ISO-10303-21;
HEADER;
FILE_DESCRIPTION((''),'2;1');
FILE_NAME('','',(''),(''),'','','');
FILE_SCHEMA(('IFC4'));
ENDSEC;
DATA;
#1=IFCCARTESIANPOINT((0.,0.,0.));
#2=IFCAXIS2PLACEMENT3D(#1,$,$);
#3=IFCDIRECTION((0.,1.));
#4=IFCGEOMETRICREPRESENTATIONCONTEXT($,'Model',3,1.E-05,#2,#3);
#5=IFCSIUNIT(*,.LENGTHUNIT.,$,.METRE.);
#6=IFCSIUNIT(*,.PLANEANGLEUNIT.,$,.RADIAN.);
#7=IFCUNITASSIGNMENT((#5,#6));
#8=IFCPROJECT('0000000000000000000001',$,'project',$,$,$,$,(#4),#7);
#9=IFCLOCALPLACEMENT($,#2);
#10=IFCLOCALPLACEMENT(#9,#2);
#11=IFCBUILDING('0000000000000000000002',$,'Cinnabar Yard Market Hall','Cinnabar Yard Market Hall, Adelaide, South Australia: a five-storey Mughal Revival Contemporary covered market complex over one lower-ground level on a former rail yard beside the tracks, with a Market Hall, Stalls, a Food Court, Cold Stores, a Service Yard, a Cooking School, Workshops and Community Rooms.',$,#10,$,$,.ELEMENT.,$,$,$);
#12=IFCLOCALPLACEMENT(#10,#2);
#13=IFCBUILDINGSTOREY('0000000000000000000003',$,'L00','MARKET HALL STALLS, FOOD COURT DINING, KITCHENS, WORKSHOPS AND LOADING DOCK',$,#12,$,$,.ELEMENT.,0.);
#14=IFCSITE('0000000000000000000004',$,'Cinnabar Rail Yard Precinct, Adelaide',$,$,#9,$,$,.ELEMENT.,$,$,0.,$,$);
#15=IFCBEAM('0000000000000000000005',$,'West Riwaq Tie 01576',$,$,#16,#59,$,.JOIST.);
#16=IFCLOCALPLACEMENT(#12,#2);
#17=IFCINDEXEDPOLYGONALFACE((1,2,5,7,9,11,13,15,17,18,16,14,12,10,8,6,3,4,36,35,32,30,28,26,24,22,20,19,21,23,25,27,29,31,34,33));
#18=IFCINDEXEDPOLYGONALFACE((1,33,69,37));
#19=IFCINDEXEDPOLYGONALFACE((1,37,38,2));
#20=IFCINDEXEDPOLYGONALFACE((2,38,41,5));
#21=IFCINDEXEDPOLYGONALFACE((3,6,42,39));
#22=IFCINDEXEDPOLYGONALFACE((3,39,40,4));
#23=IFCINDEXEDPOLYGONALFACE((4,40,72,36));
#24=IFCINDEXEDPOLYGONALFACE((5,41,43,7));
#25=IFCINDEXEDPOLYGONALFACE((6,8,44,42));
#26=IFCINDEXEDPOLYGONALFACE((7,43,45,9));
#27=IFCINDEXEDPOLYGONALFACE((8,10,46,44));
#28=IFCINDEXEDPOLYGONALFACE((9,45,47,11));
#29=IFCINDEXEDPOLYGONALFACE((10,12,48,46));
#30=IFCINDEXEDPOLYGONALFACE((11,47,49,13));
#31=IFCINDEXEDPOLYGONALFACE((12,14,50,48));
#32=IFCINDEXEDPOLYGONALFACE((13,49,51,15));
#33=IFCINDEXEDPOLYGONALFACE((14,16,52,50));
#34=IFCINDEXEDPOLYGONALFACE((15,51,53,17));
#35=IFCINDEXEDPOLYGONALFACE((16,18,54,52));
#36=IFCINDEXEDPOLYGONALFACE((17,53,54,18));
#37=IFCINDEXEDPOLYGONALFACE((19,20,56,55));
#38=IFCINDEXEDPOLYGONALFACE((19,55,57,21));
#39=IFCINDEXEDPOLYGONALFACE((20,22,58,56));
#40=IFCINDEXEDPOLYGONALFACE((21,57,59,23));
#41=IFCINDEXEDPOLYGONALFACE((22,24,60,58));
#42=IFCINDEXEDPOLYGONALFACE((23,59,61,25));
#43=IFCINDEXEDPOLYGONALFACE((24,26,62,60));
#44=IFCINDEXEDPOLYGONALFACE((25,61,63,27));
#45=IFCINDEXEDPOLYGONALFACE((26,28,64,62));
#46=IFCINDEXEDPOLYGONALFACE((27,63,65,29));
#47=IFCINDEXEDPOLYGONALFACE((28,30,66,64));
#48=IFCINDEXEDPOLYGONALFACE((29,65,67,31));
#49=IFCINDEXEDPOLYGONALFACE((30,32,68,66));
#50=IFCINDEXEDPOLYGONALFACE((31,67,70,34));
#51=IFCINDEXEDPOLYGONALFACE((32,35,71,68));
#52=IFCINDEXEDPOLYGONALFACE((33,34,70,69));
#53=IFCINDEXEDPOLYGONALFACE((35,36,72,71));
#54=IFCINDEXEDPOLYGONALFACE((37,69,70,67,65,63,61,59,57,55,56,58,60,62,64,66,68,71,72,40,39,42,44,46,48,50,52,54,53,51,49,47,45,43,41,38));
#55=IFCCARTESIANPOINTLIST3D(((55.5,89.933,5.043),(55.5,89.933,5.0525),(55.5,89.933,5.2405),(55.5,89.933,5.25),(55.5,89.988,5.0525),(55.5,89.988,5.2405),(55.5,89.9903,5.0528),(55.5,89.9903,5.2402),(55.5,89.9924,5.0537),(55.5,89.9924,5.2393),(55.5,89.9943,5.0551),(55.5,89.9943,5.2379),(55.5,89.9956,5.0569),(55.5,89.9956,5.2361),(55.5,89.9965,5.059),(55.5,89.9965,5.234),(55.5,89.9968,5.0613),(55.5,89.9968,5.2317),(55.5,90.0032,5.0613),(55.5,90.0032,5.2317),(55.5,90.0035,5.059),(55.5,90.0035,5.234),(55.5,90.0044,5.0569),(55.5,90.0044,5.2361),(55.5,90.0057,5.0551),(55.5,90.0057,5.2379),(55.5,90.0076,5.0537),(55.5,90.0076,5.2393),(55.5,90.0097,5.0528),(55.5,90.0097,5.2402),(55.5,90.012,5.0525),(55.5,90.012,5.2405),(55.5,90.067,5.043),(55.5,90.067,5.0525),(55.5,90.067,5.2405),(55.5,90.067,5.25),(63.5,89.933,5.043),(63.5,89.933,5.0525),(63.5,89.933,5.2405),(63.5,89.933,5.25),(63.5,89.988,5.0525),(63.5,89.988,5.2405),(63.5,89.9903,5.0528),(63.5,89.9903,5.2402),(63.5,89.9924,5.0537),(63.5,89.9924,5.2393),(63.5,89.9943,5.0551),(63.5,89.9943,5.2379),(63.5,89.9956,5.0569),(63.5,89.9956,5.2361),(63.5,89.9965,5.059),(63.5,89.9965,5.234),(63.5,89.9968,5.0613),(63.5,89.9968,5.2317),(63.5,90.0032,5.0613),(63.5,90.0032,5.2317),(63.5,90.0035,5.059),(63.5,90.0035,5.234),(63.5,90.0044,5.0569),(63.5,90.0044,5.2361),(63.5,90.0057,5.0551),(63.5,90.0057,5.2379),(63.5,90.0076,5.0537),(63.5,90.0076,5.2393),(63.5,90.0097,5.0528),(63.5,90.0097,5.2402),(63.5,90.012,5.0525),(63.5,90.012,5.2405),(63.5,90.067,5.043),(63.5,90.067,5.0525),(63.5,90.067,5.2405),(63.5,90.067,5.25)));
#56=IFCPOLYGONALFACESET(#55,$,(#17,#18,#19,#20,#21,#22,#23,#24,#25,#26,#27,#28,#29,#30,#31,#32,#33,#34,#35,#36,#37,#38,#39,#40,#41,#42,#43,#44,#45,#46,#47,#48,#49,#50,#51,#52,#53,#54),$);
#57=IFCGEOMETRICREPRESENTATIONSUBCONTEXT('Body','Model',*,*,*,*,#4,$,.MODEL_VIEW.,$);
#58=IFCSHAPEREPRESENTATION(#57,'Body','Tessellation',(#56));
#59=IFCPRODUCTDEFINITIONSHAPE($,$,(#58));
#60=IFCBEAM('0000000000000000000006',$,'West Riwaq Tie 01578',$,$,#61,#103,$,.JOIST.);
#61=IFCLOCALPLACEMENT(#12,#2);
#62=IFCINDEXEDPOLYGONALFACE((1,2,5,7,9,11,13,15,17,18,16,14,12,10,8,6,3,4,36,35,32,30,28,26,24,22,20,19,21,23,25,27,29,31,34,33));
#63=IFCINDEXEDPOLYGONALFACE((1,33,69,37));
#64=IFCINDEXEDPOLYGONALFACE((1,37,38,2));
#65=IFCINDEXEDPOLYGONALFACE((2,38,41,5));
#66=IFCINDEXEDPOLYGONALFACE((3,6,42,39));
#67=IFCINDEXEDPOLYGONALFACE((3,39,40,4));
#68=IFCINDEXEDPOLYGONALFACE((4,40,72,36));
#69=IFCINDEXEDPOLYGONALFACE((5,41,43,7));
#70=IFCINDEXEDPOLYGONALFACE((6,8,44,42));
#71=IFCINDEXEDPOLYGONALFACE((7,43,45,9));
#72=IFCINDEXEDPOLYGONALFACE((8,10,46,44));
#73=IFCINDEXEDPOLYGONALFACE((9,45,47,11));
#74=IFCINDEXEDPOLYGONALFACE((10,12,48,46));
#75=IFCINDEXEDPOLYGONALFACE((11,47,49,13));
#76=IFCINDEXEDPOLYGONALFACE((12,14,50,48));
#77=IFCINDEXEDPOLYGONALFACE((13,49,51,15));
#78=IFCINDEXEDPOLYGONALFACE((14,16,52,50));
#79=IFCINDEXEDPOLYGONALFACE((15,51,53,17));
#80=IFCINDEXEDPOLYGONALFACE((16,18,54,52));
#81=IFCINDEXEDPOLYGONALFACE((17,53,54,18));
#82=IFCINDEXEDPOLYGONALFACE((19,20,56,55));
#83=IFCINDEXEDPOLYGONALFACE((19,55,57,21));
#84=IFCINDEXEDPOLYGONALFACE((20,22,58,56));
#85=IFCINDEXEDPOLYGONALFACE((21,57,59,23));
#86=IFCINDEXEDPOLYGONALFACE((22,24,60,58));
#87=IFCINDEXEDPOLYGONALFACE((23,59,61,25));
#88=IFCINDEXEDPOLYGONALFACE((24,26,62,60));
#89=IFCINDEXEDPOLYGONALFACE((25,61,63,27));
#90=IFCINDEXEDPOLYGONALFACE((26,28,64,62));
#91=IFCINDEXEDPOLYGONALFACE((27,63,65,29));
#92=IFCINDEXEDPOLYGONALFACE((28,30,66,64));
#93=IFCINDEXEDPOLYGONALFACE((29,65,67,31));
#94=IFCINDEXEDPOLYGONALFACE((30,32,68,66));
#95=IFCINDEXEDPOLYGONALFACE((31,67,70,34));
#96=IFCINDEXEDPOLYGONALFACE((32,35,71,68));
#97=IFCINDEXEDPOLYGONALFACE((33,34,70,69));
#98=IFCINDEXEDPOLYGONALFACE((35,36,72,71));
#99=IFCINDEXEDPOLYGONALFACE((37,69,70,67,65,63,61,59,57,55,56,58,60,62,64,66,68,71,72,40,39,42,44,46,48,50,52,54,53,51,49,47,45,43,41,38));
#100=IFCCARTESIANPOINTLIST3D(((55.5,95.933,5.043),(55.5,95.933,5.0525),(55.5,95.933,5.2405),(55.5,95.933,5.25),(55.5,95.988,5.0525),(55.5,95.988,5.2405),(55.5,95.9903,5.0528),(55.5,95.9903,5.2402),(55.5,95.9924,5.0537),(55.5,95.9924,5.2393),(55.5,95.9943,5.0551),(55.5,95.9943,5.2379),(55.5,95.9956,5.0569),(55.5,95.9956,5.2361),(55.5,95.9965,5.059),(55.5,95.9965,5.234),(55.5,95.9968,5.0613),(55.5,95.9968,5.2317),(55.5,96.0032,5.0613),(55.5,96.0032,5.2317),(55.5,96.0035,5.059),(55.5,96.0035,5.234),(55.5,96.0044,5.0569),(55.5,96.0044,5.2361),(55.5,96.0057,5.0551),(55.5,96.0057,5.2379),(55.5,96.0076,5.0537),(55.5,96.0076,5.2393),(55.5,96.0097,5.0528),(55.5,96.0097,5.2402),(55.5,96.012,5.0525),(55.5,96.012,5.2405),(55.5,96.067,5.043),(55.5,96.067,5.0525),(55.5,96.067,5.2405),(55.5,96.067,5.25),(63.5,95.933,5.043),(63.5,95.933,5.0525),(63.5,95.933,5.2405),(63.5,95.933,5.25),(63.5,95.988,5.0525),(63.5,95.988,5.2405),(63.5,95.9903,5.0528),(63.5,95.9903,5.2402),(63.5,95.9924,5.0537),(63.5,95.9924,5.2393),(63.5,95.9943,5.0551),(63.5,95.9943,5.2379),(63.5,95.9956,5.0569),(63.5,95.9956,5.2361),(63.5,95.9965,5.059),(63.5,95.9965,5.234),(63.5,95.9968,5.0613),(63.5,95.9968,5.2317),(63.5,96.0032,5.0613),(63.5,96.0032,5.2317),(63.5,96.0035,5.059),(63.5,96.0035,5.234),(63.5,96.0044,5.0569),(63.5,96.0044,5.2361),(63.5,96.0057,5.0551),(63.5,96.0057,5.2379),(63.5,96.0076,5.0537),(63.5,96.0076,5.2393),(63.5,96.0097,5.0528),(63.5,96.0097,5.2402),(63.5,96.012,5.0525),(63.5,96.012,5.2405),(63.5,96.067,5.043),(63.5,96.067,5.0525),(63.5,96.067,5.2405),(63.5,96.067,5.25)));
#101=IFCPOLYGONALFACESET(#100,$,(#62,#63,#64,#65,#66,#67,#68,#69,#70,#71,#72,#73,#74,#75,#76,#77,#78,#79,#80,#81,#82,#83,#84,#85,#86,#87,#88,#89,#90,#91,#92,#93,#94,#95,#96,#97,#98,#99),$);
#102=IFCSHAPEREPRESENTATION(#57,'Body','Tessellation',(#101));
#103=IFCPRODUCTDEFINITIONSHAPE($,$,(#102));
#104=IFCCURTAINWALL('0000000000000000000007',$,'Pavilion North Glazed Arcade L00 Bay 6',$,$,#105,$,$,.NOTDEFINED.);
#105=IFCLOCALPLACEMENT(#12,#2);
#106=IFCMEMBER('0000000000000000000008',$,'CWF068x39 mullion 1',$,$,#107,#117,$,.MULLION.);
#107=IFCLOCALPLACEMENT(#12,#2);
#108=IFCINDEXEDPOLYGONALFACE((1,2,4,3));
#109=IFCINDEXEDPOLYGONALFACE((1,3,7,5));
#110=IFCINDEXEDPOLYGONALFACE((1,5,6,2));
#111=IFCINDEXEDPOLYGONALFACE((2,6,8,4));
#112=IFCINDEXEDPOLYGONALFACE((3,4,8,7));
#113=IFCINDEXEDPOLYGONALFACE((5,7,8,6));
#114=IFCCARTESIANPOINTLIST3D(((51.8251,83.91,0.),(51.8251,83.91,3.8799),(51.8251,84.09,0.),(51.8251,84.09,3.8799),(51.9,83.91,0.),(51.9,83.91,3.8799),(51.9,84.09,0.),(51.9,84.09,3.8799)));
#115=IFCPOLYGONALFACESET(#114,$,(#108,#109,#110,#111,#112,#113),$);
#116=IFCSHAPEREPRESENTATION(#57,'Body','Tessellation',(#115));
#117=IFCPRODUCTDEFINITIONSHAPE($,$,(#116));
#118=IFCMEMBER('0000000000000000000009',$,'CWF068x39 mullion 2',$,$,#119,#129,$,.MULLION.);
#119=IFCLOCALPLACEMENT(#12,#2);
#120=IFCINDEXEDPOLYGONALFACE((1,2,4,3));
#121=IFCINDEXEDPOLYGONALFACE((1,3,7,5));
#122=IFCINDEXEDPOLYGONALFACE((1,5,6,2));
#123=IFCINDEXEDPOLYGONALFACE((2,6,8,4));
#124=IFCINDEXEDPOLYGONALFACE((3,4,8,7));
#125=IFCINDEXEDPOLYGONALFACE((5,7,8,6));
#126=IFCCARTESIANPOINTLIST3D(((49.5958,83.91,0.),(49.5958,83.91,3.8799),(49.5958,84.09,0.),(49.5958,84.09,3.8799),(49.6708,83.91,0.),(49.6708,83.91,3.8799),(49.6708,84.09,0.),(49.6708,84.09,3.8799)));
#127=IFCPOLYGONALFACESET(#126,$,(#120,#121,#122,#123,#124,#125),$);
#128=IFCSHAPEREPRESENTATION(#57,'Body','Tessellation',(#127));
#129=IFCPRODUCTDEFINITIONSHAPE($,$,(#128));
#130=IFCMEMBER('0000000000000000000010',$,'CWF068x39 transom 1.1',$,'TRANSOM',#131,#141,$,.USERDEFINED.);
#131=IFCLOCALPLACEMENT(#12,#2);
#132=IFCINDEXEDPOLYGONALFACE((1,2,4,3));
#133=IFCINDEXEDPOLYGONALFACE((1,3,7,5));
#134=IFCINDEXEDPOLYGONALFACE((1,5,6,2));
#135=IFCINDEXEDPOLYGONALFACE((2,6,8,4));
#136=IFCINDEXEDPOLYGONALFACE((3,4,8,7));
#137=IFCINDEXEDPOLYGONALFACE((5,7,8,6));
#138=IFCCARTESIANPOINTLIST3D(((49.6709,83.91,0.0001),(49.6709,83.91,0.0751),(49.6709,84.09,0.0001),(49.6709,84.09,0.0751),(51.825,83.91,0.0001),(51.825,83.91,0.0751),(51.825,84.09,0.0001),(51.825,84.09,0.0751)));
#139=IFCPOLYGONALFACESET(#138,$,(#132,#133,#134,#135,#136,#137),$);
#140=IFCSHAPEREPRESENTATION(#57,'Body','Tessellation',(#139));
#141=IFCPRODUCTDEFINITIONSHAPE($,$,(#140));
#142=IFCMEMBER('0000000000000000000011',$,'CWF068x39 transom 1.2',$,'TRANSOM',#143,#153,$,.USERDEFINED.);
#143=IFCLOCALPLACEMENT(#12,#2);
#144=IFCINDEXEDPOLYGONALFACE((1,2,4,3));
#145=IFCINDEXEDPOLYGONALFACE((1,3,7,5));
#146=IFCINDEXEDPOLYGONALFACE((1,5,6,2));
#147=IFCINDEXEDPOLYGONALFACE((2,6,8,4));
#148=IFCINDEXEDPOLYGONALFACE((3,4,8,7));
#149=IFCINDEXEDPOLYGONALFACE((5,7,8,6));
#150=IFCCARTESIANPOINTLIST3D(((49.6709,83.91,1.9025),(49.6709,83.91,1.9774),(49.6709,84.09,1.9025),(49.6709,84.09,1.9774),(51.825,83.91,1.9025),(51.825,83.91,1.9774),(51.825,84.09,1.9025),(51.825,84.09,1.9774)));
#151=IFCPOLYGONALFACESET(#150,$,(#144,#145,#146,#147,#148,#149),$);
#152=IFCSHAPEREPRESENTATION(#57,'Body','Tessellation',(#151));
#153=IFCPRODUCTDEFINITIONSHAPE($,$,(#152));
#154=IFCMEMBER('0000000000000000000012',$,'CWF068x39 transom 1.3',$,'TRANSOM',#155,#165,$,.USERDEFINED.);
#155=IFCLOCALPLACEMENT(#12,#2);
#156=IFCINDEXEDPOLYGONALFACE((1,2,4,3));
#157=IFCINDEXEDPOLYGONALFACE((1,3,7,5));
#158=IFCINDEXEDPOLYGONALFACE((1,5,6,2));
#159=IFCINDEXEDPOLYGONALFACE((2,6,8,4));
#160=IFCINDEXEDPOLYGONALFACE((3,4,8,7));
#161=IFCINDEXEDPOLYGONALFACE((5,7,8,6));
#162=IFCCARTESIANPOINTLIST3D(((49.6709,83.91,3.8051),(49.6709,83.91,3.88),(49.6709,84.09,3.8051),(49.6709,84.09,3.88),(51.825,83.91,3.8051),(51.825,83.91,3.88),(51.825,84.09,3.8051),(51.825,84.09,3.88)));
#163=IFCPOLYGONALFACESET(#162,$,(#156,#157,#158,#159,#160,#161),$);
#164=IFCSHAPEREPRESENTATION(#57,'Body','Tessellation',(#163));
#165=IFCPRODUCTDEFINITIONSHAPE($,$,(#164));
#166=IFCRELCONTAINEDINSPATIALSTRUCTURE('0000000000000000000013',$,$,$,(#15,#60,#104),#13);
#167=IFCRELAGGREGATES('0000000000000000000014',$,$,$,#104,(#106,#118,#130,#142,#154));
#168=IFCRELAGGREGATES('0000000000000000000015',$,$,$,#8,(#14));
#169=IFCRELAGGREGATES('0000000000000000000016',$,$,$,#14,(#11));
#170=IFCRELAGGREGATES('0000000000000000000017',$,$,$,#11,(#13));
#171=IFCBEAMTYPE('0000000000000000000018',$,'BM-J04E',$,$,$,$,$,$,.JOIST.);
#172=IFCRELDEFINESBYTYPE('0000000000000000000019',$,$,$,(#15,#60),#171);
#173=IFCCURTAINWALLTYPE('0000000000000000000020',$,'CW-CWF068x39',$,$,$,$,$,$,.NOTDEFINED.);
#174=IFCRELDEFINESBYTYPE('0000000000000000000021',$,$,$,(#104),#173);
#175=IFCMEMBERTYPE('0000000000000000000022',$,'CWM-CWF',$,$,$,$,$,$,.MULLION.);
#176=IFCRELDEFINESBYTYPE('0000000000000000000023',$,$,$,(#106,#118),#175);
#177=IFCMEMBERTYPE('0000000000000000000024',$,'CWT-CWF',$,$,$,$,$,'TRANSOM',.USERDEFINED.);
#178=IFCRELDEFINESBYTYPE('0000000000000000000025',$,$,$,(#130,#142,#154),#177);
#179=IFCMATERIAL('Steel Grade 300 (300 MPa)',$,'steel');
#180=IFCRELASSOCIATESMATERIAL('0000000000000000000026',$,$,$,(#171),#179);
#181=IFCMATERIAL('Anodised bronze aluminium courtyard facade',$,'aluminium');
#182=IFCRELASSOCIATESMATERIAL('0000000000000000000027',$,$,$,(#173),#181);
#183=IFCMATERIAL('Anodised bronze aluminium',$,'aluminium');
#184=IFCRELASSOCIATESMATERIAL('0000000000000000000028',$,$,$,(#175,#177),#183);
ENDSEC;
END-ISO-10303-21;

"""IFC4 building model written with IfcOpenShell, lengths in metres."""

from ifc_helpers import new_model, si_unit, direction, frame, origin, origin_2d_with_axis, place, context, subcontext, project, spatial, rectangle, i_section, extrude, material, material_profile, profile_set, type_object, element, aggregate, save


model = new_model("IFC4")

# Units and contexts
model_context = context("Model", 3, precision=1e-05, world=origin(), true_north=direction((0.0, 1.0)))
body_context = subcontext(model_context, "Body", "Model", "MODEL_VIEW")
ifc_project = project(units=[si_unit("LENGTHUNIT", "METRE"), si_unit("PLANEANGLEUNIT", "RADIAN")], contexts=[model_context])

# Site, building, storey
site_placement = place(None, origin())
site = spatial("IfcSite", under=ifc_project, at=site_placement, Name="Cinnabar Rail Yard Precinct, Adelaide", CompositionType="ELEMENT", RefElevation=0.0)
building_placement = place(site_placement, origin())
building = spatial("IfcBuilding", under=site, at=building_placement, Name="Cinnabar Yard Market Hall", Description="Cinnabar Yard Market Hall, Adelaide, South Australia: a five-storey Mughal Revival Contemporary covered market complex over one lower-ground level on a former rail yard beside the tracks, with a Market Hall, Stalls, a Food Court, Cold Stores, a Service Yard, a Cooking School, Workshops and Community Rooms.", CompositionType="ELEMENT")
storey_placement = place(building_placement, origin())
storey = spatial("IfcBuildingStorey", under=building, at=storey_placement, Name="L00", Description="MARKET HALL STALLS, FOOD COURT DINING, KITCHENS, WORKSHOPS AND LOADING DOCK", CompositionType="ELEMENT", Elevation=0.0)

# Shared definitions
ifc_material_1 = material(Name="Steel Grade 300 (300 MPa)", Category="steel")

# Beams
ifc_material_profile_1 = material_profile(ifc_material_1, i_section(OverallWidth=0.134, OverallDepth=0.207, WebThickness=0.0063, FlangeThickness=0.0095, FilletRadius=0.0088, at=origin_2d_with_axis()), Name="200UB29.8")
ifc_profile_set_1 = profile_set([ifc_material_profile_1], Name="Steel Grade 300 (300 MPa)")
beam_type_1 = type_object("IfcBeamType", Name="BM-J04E", PredefinedType="JOIST", material=ifc_profile_set_1)
for number, where, z_axis, x_axis, name in (
    (1, (55.5, 90.0, 5.1465), (1.0, 0.0, 0.0), (0.0, 1.0, 0.0), "West Riwaq Tie 01576"),
    (2, (55.5, 96.0, 5.1465), (1.0, 0.0, 0.0), (0.0, 1.0, 0.0), "West Riwaq Tie 01578"),
):
    element("IfcBeam", number, at=place(storey_placement, frame(where, z_axis=z_axis, x_axis=x_axis)), inside=storey, type_object=beam_type_1, Name=name, PredefinedType="JOIST", context=body_context, shape_type="SweptSolid", body=[
        extrude(i_section(OverallWidth=0.134, OverallDepth=0.207, WebThickness=0.0063, FlangeThickness=0.0095, FilletRadius=0.0088, at=origin_2d_with_axis()), origin(), (0.0, 0.0, 1.0), 8.0),
    ])

# Curtain wall, members
ifc_material_2 = material(Name="Anodised bronze aluminium courtyard facade", Category="aluminium")
curtain_wall_type = type_object("IfcCurtainWallType", Name="CW-CWF068x39", PredefinedType="NOTDEFINED", material=ifc_material_2)
curtain_wall_placement = place(storey_placement, origin())
curtain_wall = element("IfcCurtainWall", 3, at=curtain_wall_placement, inside=storey, type_object=curtain_wall_type, Name="Pavilion North Glazed Arcade L00 Bay 6", PredefinedType="NOTDEFINED")
ifc_material_3 = material(Name="Anodised bronze aluminium", Category="aluminium")
ifc_material_profile_2 = material_profile(ifc_material_3, rectangle(XDim=0.1799, YDim=0.075, at=origin_2d_with_axis()), Name="MUL-CWF")
ifc_profile_set_2 = profile_set([ifc_material_profile_2], Name="Anodised bronze aluminium")
member_type_1 = type_object("IfcMemberType", Name="CWM-CWF", PredefinedType="MULLION", material=ifc_profile_set_2)
member_1_placement = place(storey_placement, frame((51.8625, 84.0, 0.0), z_axis=(0.0, 0.0, 1.0), x_axis=(0.0, -1.0, 0.0)))
member_1 = element("IfcMember", 4, at=member_1_placement, type_object=member_type_1, Name="CWF068x39 mullion 1", PredefinedType="MULLION", context=body_context, shape_type="SweptSolid", body=[
    extrude(rectangle(XDim=0.1799, YDim=0.075, at=origin_2d_with_axis()), origin(), (0.0, 0.0, 1.0), 3.8799),
])
member_2_placement = place(storey_placement, frame((49.6333, 84.0, 0.0), z_axis=(0.0, 0.0, 1.0), x_axis=(0.0, -1.0, 0.0)))
member_2 = element("IfcMember", 5, at=member_2_placement, type_object=member_type_1, Name="CWF068x39 mullion 2", PredefinedType="MULLION", context=body_context, shape_type="SweptSolid", body=[
    extrude(rectangle(XDim=0.1799, YDim=0.075, at=origin_2d_with_axis()), origin(), (0.0, 0.0, 1.0), 3.8799),
])
ifc_material_profile_3 = material_profile(ifc_material_3, rectangle(XDim=0.1799, YDim=0.075, at=origin_2d_with_axis()), Name="TRN-CWF")
ifc_profile_set_3 = profile_set([ifc_material_profile_3], Name="Anodised bronze aluminium")
member_type_2 = type_object("IfcMemberType", Name="CWT-CWF", ElementType="TRANSOM", PredefinedType="USERDEFINED", material=ifc_profile_set_3)
member_3_placement = place(storey_placement, frame((51.825, 84.0, 0.0376), z_axis=(-1.0, 0.0, 0.0), x_axis=(0.0, -1.0, 0.0)))
member_3 = element("IfcMember", 6, at=member_3_placement, type_object=member_type_2, Name="CWF068x39 transom 1.1", ObjectType="TRANSOM", PredefinedType="USERDEFINED", context=body_context, shape_type="SweptSolid", body=[
    extrude(rectangle(XDim=0.1799, YDim=0.075, at=origin_2d_with_axis()), origin(), (0.0, 0.0, 1.0), 2.1541),
])
member_4_placement = place(storey_placement, frame((51.825, 84.0, 1.9399), z_axis=(-1.0, 0.0, 0.0), x_axis=(0.0, -1.0, 0.0)))
member_4 = element("IfcMember", 7, at=member_4_placement, type_object=member_type_2, Name="CWF068x39 transom 1.2", ObjectType="TRANSOM", PredefinedType="USERDEFINED", context=body_context, shape_type="SweptSolid", body=[
    extrude(rectangle(XDim=0.1799, YDim=0.075, at=origin_2d_with_axis()), origin(), (0.0, 0.0, 1.0), 2.1541),
])
member_5_placement = place(storey_placement, frame((51.825, 84.0, 3.8425), z_axis=(-1.0, 0.0, 0.0), x_axis=(0.0, -1.0, 0.0)))
member_5 = element("IfcMember", 8, at=member_5_placement, type_object=member_type_2, Name="CWF068x39 transom 1.3", ObjectType="TRANSOM", PredefinedType="USERDEFINED", context=body_context, shape_type="SweptSolid", body=[
    extrude(rectangle(XDim=0.1799, YDim=0.075, at=origin_2d_with_axis()), origin(), (0.0, 0.0, 1.0), 2.1541),
])

aggregate(curtain_wall, [member_1, member_2, member_3, member_4, member_5])

save(model, "model.ifc")
